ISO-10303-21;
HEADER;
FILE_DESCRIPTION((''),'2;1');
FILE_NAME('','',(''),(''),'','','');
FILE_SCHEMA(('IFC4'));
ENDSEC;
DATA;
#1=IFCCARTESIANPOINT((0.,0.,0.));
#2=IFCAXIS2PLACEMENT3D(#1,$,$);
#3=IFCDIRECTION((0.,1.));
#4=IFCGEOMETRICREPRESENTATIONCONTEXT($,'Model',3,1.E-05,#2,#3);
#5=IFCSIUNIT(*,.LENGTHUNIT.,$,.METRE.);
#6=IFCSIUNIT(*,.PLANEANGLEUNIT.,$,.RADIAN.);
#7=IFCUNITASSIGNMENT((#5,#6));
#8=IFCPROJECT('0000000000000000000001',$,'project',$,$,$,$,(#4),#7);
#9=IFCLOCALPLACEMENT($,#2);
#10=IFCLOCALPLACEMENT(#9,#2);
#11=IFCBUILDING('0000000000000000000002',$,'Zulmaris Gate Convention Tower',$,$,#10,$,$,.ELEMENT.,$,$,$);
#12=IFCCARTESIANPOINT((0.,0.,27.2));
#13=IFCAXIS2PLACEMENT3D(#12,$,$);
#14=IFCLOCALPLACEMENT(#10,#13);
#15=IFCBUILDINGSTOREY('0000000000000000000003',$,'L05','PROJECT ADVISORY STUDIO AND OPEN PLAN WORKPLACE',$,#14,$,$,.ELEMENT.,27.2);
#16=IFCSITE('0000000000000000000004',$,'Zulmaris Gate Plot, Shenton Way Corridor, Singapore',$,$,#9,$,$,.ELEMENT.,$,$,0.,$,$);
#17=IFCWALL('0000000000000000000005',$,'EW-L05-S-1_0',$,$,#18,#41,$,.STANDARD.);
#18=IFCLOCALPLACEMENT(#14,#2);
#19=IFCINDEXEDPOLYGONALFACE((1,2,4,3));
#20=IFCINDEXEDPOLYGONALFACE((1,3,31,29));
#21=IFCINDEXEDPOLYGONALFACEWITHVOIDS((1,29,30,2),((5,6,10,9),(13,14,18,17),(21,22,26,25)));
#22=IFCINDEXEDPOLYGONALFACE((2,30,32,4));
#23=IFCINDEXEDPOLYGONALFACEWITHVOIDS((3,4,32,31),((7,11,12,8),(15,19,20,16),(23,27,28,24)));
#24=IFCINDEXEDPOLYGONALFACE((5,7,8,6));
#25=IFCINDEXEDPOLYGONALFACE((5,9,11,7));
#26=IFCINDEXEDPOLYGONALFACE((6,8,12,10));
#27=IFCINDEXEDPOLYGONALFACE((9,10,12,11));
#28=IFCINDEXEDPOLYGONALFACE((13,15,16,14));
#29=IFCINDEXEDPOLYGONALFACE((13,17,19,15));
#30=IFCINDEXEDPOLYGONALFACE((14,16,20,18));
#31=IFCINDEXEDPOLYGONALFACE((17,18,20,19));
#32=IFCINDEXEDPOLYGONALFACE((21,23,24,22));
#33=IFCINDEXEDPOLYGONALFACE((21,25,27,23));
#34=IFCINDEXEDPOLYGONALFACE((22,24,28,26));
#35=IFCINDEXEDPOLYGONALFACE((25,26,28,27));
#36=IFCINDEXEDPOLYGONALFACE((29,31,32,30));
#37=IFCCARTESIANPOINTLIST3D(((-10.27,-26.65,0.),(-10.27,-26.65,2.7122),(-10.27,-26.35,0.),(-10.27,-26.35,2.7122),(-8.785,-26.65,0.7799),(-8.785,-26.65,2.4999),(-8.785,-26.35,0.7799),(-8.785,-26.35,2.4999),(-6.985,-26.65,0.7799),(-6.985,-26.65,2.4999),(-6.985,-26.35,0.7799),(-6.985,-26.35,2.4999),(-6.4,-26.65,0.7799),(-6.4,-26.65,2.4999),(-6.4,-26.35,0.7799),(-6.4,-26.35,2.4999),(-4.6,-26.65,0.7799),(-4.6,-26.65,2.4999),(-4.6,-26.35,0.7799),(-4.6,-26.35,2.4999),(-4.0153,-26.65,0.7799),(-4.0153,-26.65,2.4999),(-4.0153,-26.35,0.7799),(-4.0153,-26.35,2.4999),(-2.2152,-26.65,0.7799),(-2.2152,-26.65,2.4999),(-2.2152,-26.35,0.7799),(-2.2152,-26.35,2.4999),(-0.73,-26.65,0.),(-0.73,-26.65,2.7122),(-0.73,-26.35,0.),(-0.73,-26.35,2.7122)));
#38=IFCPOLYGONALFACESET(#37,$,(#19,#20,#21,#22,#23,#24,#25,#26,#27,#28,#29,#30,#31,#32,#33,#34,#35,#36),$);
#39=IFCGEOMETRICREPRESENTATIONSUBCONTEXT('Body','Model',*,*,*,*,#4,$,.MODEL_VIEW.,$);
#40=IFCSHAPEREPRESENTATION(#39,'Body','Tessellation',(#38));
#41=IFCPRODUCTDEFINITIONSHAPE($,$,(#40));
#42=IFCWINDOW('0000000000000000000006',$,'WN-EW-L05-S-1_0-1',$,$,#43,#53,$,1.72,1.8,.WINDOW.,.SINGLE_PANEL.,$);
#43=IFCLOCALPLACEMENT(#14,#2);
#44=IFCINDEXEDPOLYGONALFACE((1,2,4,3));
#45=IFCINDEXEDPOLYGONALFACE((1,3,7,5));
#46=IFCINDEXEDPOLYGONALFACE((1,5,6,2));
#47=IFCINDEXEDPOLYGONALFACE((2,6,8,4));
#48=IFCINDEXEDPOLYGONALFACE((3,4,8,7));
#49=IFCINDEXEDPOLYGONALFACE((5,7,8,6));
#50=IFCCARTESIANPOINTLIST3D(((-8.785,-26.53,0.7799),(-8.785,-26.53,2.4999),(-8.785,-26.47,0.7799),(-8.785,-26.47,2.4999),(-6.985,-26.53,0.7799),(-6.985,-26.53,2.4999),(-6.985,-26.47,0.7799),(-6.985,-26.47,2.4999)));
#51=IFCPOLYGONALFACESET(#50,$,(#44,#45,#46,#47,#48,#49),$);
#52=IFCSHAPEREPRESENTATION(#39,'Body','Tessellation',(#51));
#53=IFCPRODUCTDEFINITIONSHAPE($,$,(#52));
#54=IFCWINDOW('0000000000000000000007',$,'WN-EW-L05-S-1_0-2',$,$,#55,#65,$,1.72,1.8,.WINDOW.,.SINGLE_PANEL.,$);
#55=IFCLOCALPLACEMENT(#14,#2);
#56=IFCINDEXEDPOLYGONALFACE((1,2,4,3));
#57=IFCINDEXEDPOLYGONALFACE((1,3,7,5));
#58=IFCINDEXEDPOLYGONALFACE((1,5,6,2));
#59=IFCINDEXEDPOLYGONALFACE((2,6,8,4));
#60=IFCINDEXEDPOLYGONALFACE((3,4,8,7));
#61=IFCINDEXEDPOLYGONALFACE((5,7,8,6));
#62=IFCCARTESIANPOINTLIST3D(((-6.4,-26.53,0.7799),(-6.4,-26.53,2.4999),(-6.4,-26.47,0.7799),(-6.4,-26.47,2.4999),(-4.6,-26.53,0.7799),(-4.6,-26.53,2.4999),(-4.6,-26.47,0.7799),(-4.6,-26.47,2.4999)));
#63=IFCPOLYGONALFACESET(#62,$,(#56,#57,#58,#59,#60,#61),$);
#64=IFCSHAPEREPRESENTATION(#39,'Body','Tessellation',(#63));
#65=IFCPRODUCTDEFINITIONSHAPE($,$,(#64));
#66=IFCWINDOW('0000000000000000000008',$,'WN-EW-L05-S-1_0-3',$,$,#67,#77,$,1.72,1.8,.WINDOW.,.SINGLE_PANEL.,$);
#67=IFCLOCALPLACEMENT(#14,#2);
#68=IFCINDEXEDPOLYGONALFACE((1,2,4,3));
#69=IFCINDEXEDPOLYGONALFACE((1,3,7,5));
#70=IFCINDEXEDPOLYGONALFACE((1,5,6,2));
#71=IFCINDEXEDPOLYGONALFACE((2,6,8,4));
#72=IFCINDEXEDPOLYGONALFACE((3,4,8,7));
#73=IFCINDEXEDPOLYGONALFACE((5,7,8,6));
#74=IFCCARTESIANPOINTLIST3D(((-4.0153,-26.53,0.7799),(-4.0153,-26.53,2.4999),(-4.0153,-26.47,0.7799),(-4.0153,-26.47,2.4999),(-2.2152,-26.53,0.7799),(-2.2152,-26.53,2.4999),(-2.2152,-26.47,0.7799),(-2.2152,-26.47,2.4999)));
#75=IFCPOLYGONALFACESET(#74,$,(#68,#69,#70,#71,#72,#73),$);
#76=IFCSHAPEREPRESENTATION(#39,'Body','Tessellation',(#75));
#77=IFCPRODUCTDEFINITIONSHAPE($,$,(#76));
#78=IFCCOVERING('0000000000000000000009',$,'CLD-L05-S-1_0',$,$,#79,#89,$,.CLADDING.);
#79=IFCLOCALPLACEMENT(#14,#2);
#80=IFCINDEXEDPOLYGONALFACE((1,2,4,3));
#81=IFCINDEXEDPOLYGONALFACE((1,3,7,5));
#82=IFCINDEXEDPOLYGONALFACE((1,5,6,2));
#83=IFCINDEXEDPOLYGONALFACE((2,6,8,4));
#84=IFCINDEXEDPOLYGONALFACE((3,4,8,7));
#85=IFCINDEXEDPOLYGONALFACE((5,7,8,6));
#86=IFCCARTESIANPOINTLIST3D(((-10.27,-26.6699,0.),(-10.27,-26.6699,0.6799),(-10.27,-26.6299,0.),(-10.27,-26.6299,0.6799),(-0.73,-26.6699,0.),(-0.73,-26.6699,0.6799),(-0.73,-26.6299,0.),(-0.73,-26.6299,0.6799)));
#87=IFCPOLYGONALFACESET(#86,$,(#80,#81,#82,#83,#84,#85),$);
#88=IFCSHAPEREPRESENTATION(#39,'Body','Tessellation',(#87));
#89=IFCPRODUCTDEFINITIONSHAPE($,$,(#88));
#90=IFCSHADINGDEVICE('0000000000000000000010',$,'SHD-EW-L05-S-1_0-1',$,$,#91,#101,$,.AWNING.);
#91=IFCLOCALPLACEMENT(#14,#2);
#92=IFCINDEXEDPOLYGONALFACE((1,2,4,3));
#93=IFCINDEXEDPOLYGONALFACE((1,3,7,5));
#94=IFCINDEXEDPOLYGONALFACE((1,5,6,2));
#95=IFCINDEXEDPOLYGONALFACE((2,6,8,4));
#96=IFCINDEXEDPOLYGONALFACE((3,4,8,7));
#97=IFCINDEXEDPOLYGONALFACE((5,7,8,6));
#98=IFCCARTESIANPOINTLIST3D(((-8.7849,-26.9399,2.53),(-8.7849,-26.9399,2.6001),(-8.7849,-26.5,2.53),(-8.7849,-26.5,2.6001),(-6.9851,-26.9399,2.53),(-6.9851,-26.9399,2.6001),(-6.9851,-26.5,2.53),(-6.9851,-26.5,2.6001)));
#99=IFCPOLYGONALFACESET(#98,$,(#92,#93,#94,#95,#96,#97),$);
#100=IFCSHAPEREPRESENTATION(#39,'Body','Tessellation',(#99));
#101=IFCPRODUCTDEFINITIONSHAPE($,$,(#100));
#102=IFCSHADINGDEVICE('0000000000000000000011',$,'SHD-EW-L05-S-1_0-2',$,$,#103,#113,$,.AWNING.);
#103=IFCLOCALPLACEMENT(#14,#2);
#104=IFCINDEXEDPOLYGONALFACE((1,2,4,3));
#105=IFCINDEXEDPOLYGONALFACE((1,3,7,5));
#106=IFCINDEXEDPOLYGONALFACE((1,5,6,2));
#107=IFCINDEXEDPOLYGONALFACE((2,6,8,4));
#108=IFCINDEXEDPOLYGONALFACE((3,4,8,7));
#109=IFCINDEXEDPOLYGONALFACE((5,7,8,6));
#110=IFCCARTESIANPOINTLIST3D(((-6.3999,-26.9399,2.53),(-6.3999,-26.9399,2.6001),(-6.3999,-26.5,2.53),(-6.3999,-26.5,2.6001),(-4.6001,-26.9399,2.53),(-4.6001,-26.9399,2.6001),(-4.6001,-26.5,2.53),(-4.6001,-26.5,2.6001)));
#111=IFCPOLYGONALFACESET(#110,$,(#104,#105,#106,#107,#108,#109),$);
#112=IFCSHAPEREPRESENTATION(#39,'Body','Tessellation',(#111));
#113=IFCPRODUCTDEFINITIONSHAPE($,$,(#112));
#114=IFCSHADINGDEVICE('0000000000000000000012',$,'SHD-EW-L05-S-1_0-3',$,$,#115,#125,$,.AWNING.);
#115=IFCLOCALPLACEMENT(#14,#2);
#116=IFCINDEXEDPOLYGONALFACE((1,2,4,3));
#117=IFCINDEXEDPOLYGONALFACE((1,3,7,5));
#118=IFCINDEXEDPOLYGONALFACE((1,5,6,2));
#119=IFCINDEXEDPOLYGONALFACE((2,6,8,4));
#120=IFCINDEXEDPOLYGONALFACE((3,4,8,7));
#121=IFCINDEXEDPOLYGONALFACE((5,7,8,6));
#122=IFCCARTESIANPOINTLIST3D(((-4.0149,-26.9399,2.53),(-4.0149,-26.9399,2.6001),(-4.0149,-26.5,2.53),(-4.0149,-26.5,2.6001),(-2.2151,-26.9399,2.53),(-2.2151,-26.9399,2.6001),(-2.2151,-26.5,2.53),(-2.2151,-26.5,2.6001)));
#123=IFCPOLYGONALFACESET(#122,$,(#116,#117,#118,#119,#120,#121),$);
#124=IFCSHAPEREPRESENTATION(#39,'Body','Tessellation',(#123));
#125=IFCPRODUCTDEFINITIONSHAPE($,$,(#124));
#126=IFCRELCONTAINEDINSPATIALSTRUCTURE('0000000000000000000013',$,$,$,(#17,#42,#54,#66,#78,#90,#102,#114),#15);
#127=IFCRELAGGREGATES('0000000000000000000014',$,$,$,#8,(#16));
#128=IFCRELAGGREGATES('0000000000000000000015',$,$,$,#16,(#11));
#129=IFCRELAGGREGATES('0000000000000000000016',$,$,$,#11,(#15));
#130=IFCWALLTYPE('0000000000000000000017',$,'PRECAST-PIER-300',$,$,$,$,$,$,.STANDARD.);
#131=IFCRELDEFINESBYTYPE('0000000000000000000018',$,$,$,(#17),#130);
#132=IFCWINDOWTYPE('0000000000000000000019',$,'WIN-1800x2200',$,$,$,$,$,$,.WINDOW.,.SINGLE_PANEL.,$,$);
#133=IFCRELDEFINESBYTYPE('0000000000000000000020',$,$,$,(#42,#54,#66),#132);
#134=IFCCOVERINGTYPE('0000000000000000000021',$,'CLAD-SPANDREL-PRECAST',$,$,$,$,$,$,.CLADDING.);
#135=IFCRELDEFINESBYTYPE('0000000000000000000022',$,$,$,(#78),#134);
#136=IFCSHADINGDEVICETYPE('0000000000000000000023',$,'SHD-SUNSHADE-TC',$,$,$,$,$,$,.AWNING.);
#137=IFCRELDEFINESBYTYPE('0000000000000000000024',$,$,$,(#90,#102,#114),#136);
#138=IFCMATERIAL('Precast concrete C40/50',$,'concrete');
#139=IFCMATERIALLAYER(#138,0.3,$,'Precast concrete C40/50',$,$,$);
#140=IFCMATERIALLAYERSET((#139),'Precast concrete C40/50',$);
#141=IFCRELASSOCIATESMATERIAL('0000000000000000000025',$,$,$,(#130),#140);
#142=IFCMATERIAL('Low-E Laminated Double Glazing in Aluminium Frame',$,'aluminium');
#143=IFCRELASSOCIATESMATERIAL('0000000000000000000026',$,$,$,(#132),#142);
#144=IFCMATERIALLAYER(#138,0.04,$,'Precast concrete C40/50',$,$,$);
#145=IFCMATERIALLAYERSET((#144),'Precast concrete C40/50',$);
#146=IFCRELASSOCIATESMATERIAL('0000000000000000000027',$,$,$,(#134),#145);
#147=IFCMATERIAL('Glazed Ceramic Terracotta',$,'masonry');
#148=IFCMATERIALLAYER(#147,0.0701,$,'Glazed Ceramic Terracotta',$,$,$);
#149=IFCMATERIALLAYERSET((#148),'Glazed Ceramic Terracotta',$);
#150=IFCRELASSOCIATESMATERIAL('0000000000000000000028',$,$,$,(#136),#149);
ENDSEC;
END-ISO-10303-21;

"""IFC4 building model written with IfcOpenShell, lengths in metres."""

from ifc_helpers import new_model, si_unit, direction, frame, frame_2d, origin, place, context, subcontext, project, spatial, rectangle, extrude, material, layer, layer_set, type_object, element, fill, save


model = new_model("IFC4")

# Units and contexts
model_context = context("Model", 3, precision=1e-05, world=origin(), true_north=direction((0.0, 1.0)))
body_context = subcontext(model_context, "Body", "Model", "MODEL_VIEW")
ifc_project = project(units=[si_unit("LENGTHUNIT", "METRE"), si_unit("PLANEANGLEUNIT", "RADIAN")], contexts=[model_context])

# Site, building, storey
site_placement = place(None, origin())
site = spatial("IfcSite", under=ifc_project, at=site_placement, Name="Zulmaris Gate Plot, Shenton Way Corridor, Singapore", CompositionType="ELEMENT", RefElevation=0.0)
building_placement = place(site_placement, origin())
building = spatial("IfcBuilding", under=site, at=building_placement, Name="Zulmaris Gate Convention Tower", CompositionType="ELEMENT")
storey_placement = place(building_placement, frame((0.0, 0.0, 27.2)))
storey = spatial("IfcBuildingStorey", under=building, at=storey_placement, Name="L05", Description="PROJECT ADVISORY STUDIO AND OPEN PLAN WORKPLACE", CompositionType="ELEMENT", Elevation=27.2)

# Wall, openings, windows
ifc_material_1 = material(Name="Precast concrete C40/50", Category="concrete")
ifc_layer_1 = layer(ifc_material_1, 0.3, Name="Precast concrete C40/50")
ifc_layer_set_1 = layer_set([ifc_layer_1], Name="Precast concrete C40/50")
wall_type_1 = type_object("IfcWallType", Name="PRECAST-PIER-300", PredefinedType="STANDARD", material=ifc_layer_set_1)
wall_1_placement = place(storey_placement, frame((-10.27, -26.5, 0.0), z_axis=(0.0, 0.0, 1.0), x_axis=(1.0, 0.0, 0.0)))
wall_1 = element("IfcWall", 1, at=wall_1_placement, inside=storey, type_object=wall_type_1, Name="EW-L05-S-1_0", PredefinedType="STANDARD", context=body_context, shape_type="SweptSolid", body=[
    extrude(rectangle(XDim=9.54, YDim=0.3, at=frame_2d((4.77, 0.0))), origin(), (0.0, 0.0, 1.0), 2.7122),
])
opening_1_placement = place(wall_1_placement, frame((1.4851, 0.0, 0.78)))
opening_1 = element("IfcOpeningElement", 2, at=opening_1_placement, cuts=wall_1, PredefinedType="OPENING", context=body_context, shape_type="SweptSolid", body=[
    extrude(rectangle(XDim=1.8, YDim=1.72, at=frame_2d((0.8999, 0.8599))), frame((0.0, 0.1602, 0.0), z_axis=(0.0, -1.0, 0.0), x_axis=(1.0, 0.0, 0.0)), (0.0, 0.0, 1.0), 0.3201),
])
opening_2_placement = place(wall_1_placement, frame((3.8701, 0.0, 0.78)))
opening_2 = element("IfcOpeningElement", 3, at=opening_2_placement, cuts=wall_1, PredefinedType="OPENING", context=body_context, shape_type="SweptSolid", body=[
    extrude(rectangle(XDim=1.8, YDim=1.72, at=frame_2d((0.8999, 0.8599))), frame((0.0, 0.1602, 0.0), z_axis=(0.0, -1.0, 0.0), x_axis=(1.0, 0.0, 0.0)), (0.0, 0.0, 1.0), 0.3201),
])
opening_3_placement = place(wall_1_placement, frame((6.2549, 0.0, 0.78)))
opening_3 = element("IfcOpeningElement", 4, at=opening_3_placement, cuts=wall_1, PredefinedType="OPENING", context=body_context, shape_type="SweptSolid", body=[
    extrude(rectangle(XDim=1.8, YDim=1.72, at=frame_2d((0.8999, 0.8599))), frame((0.0, 0.1602, 0.0), z_axis=(0.0, -1.0, 0.0), x_axis=(1.0, 0.0, 0.0)), (0.0, 0.0, 1.0), 0.3201),
])
ifc_material_2 = material(Name="Low-E Laminated Double Glazing in Aluminium Frame", Category="aluminium")
window_type = type_object("IfcWindowType", Name="WIN-1800x2200", PartitioningType="SINGLE_PANEL", PredefinedType="WINDOW", material=ifc_material_2)
window_1_placement = place(opening_1_placement, origin())
window_1 = element("IfcWindow", 5, at=window_1_placement, inside=storey, type_object=window_type, Name="WN-EW-L05-S-1_0-1", OverallHeight=1.72, OverallWidth=1.8, PartitioningType="SINGLE_PANEL", PredefinedType="WINDOW", context=body_context, shape_type="SweptSolid", body=[
    extrude(rectangle(XDim=1.8, YDim=1.72, at=frame_2d((0.8999, 0.8599))), frame((0.0, 0.03, 0.0), z_axis=(0.0, -1.0, 0.0), x_axis=(1.0, 0.0, 0.0)), (0.0, 0.0, 1.0), 0.0601),
])
fill(opening_1, window_1)
window_2_placement = place(opening_2_placement, origin())
window_2 = element("IfcWindow", 6, at=window_2_placement, inside=storey, type_object=window_type, Name="WN-EW-L05-S-1_0-2", OverallHeight=1.72, OverallWidth=1.8, PartitioningType="SINGLE_PANEL", PredefinedType="WINDOW", context=body_context, shape_type="SweptSolid", body=[
    extrude(rectangle(XDim=1.8, YDim=1.72, at=frame_2d((0.8999, 0.8599))), frame((0.0, 0.03, 0.0), z_axis=(0.0, -1.0, 0.0), x_axis=(1.0, 0.0, 0.0)), (0.0, 0.0, 1.0), 0.0601),
])
fill(opening_2, window_2)
window_3_placement = place(opening_3_placement, origin())
window_3 = element("IfcWindow", 7, at=window_3_placement, inside=storey, type_object=window_type, Name="WN-EW-L05-S-1_0-3", OverallHeight=1.72, OverallWidth=1.8, PartitioningType="SINGLE_PANEL", PredefinedType="WINDOW", context=body_context, shape_type="SweptSolid", body=[
    extrude(rectangle(XDim=1.8, YDim=1.72, at=frame_2d((0.8999, 0.8599))), frame((0.0, 0.03, 0.0), z_axis=(0.0, -1.0, 0.0), x_axis=(1.0, 0.0, 0.0)), (0.0, 0.0, 1.0), 0.0601),
])
fill(opening_3, window_3)

# Covering
ifc_layer_2 = layer(ifc_material_1, 0.04, Name="Precast concrete C40/50")
ifc_layer_set_2 = layer_set([ifc_layer_2], Name="Precast concrete C40/50")
covering_type = type_object("IfcCoveringType", Name="CLAD-SPANDREL-PRECAST", PredefinedType="CLADDING", material=ifc_layer_set_2)
covering_placement = place(storey_placement, frame((-10.27, -26.6499, 0.0), z_axis=(0.0, 0.0, 1.0), x_axis=(1.0, 0.0, 0.0)))
element("IfcCovering", 8, at=covering_placement, inside=storey, type_object=covering_type, Name="CLD-L05-S-1_0", PredefinedType="CLADDING", context=body_context, shape_type="SweptSolid", body=[
    extrude(rectangle(XDim=9.54, YDim=0.04, at=frame_2d((4.77, 0.0))), origin(), (0.0, 0.0, 1.0), 0.6799),
])

# Shading devices
ifc_material_3 = material(Name="Glazed Ceramic Terracotta", Category="masonry")
ifc_layer_3 = layer(ifc_material_3, 0.0701, Name="Glazed Ceramic Terracotta")
ifc_layer_set_3 = layer_set([ifc_layer_3], Name="Glazed Ceramic Terracotta")
shading_device_type = type_object("IfcShadingDeviceType", Name="SHD-SUNSHADE-TC", PredefinedType="AWNING", material=ifc_layer_set_3)
for number, where, z_axis, x_axis, name in (
    (9, (-8.7849, -26.72, 2.53), (0.0, 0.0, 1.0), (1.0, 0.0, 0.0), "SHD-EW-L05-S-1_0-1"),
    (10, (-6.3999, -26.72, 2.53), (0.0, 0.0, 1.0), (1.0, 0.0, 0.0), "SHD-EW-L05-S-1_0-2"),
    (11, (-4.0149, -26.72, 2.53), (0.0, 0.0, 1.0), (1.0, 0.0, 0.0), "SHD-EW-L05-S-1_0-3"),
):
    element("IfcShadingDevice", number, at=place(storey_placement, frame(where, z_axis=z_axis, x_axis=x_axis)), inside=storey, type_object=shading_device_type, Name=name, PredefinedType="AWNING", context=body_context, shape_type="SweptSolid", body=[
        extrude(rectangle(XDim=1.7998, YDim=0.4399, at=frame_2d((0.8999, 0.0))), origin(), (0.0, 0.0, 1.0), 0.0701),
    ])

save(model, "model.ifc")
